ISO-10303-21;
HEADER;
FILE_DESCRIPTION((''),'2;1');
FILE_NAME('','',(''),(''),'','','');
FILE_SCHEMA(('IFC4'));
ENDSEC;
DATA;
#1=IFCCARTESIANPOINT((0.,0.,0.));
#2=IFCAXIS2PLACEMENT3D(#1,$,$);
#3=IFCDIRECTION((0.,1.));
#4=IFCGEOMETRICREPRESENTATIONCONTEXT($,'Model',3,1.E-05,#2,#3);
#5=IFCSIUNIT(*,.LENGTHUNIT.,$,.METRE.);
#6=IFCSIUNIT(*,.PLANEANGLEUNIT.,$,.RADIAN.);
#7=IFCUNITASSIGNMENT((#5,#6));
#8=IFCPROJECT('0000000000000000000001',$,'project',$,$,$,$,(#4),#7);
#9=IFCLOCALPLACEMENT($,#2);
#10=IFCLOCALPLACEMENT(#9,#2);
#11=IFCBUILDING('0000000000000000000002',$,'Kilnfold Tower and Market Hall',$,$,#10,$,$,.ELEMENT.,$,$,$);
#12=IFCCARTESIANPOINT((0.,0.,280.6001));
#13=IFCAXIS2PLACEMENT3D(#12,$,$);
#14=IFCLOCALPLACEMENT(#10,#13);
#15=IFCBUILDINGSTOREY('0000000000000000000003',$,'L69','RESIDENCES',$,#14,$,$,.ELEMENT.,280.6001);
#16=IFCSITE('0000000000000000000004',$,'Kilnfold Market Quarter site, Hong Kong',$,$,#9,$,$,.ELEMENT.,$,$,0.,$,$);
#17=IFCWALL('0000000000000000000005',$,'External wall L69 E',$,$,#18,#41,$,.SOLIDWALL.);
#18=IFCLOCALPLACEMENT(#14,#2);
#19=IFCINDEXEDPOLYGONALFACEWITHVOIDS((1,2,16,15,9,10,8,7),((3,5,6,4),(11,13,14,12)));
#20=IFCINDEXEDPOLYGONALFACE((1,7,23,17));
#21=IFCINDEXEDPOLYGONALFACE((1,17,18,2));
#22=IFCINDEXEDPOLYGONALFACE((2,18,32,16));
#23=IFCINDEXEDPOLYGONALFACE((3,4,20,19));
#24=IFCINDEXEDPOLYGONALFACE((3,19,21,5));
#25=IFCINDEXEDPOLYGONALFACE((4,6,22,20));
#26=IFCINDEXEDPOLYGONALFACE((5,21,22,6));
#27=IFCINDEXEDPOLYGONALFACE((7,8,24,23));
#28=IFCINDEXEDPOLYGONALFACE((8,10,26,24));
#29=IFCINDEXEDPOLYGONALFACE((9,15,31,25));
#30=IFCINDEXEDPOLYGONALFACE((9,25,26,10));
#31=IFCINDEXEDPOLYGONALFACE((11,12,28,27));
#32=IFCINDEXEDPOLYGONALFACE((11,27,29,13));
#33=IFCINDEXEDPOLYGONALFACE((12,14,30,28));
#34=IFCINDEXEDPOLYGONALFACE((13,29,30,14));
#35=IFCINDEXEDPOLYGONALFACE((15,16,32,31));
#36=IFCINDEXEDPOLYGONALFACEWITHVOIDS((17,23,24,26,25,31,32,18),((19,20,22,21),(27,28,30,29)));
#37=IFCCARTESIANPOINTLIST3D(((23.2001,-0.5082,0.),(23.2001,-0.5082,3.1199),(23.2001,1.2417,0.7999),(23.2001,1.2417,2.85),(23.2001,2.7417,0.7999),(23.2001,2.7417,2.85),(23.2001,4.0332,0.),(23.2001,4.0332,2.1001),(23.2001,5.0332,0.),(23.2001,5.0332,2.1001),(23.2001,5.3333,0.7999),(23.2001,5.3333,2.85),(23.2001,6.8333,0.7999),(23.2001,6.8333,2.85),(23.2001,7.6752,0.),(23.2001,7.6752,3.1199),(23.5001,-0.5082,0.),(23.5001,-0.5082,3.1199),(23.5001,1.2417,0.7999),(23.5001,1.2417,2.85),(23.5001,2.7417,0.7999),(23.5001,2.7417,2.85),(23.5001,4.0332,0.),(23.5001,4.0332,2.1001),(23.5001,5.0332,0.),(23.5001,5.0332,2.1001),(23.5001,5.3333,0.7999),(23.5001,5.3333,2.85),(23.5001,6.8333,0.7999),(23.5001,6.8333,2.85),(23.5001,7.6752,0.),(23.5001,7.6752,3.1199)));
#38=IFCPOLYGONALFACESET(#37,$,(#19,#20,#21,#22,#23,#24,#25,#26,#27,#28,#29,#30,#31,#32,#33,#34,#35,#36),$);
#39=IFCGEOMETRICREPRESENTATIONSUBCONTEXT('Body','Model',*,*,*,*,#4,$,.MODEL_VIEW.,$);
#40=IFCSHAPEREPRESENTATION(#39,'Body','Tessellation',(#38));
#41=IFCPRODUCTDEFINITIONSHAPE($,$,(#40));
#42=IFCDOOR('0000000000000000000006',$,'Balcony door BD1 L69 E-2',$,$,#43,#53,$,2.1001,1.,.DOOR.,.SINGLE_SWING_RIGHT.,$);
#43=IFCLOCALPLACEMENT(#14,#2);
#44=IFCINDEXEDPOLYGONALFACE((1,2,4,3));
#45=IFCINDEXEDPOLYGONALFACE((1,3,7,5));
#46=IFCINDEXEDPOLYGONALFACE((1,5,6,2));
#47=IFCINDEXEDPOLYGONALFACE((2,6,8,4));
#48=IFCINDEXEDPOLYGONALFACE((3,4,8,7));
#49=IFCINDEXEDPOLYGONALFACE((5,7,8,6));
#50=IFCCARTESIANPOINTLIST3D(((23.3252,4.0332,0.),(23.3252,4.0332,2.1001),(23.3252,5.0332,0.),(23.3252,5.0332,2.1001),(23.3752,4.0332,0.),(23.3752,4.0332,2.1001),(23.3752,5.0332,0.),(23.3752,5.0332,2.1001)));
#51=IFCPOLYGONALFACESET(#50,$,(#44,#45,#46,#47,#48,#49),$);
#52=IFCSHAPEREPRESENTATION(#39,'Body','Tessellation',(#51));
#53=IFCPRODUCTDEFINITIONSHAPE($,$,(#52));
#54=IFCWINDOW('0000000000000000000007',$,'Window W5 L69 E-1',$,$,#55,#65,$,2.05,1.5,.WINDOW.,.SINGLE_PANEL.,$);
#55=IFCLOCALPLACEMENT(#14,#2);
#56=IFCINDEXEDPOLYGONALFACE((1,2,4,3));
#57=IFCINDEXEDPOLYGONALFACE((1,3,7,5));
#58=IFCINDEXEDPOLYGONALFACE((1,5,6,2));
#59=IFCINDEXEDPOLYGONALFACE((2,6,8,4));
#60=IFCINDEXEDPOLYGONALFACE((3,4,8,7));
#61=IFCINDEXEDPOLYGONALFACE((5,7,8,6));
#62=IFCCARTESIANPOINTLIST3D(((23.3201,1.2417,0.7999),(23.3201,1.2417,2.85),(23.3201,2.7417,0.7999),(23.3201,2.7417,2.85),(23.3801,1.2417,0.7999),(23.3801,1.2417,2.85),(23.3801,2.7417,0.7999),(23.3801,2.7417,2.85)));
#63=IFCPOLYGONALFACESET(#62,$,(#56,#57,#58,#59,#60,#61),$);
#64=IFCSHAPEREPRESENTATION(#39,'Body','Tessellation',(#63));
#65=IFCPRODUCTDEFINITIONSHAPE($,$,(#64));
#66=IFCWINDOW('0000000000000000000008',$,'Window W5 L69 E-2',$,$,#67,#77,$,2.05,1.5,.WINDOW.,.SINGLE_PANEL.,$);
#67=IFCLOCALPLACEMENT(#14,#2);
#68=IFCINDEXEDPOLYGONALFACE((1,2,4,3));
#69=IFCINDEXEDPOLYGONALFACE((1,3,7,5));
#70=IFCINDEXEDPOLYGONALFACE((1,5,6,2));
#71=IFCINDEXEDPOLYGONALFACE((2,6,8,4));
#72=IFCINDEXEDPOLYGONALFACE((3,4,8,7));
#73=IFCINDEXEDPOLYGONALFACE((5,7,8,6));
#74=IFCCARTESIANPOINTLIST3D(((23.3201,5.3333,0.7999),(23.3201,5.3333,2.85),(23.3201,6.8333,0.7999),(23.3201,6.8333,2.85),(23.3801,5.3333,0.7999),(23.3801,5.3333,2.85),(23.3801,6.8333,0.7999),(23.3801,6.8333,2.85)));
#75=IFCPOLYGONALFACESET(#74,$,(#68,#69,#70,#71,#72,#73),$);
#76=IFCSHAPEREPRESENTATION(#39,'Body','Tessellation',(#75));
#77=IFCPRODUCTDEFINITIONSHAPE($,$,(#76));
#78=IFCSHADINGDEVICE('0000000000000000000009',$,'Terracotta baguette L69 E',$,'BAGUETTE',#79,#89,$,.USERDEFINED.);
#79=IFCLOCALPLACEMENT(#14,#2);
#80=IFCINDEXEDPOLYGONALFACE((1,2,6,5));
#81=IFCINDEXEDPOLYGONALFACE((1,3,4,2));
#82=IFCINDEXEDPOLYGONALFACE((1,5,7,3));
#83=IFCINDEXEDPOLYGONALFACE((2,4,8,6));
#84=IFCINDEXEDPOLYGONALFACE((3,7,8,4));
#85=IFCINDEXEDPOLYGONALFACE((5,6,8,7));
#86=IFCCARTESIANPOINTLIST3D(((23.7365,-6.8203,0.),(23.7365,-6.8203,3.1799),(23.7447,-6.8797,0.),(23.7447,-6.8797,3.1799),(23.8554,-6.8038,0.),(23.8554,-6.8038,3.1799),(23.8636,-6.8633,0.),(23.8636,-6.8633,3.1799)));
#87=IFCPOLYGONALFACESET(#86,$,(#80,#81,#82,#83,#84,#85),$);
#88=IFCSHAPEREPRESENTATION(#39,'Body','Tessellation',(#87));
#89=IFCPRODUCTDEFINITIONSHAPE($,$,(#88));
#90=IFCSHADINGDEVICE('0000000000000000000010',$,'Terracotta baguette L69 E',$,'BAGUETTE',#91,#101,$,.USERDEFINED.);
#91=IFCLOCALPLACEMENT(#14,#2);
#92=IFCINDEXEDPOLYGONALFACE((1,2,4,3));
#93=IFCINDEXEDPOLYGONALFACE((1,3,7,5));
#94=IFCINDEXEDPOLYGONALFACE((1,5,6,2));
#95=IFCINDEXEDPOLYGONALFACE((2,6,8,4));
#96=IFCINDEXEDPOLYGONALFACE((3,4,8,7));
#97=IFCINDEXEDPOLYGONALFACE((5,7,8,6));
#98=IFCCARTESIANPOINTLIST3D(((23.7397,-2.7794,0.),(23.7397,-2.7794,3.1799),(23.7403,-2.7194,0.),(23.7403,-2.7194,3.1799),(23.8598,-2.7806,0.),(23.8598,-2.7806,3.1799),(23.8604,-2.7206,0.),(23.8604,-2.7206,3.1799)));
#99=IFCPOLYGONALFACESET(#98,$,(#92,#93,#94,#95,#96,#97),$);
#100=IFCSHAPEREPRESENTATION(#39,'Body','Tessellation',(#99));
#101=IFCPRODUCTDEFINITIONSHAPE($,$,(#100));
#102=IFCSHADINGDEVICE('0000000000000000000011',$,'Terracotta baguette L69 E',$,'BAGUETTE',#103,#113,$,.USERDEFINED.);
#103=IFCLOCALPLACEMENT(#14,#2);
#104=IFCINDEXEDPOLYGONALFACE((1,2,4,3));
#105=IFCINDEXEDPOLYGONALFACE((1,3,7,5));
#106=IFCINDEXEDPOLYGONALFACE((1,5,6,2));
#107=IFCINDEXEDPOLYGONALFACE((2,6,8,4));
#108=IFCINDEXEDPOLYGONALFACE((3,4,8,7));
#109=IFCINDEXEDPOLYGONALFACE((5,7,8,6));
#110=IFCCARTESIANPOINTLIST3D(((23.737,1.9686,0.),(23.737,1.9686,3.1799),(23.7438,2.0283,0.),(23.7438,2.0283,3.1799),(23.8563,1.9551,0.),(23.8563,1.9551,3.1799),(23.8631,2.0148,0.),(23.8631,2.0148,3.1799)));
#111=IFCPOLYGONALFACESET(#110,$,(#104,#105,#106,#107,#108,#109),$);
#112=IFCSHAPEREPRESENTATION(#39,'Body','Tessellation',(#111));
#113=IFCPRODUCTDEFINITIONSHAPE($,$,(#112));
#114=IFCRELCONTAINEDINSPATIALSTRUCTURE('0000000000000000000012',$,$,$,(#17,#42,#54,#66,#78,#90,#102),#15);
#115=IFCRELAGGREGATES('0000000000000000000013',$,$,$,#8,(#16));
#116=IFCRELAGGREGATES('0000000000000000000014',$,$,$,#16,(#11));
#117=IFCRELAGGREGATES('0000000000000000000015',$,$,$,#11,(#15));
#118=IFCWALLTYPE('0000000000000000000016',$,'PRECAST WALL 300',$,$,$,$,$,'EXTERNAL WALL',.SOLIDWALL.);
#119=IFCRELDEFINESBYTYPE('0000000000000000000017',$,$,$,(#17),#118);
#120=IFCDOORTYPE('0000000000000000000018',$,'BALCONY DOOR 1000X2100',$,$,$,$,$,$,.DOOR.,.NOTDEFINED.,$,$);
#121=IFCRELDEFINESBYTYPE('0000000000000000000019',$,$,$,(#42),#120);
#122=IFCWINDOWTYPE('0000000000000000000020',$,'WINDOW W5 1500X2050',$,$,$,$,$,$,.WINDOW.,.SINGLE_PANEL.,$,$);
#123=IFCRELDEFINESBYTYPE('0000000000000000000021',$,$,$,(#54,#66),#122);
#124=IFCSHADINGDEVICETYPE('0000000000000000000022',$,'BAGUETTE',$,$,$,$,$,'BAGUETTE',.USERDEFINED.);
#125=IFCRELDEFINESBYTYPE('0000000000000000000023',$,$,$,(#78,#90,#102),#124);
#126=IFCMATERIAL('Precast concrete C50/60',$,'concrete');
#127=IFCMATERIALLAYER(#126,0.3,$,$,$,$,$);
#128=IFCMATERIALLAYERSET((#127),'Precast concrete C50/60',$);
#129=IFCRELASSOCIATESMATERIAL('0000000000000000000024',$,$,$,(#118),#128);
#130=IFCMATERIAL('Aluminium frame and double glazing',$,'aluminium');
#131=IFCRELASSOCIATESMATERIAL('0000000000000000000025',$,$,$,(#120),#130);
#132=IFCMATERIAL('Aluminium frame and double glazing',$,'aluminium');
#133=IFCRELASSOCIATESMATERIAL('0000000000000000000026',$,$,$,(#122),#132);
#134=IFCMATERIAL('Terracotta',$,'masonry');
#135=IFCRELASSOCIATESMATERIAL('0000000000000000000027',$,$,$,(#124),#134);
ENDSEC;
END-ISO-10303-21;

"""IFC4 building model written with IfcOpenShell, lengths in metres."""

from ifc_helpers import new_model, si_unit, direction, frame, frame_2d, origin, origin_2d, place, context, subcontext, project, spatial, rectangle, extrude, source, transform, mapped, material, layer, layer_set, material_profile, profile_set, type_object, element, fill, save


model = new_model("IFC4")

# Units and contexts
model_context = context("Model", 3, precision=1e-05, world=origin(), true_north=direction((0.0, 1.0)))
body_context = subcontext(model_context, "Body", "Model", "MODEL_VIEW")
ifc_project = project(units=[si_unit("LENGTHUNIT", "METRE"), si_unit("PLANEANGLEUNIT", "RADIAN")], contexts=[model_context])

# Site, building, storey
site_placement = place(None, origin())
site = spatial("IfcSite", under=ifc_project, at=site_placement, Name="Kilnfold Market Quarter site, Hong Kong", CompositionType="ELEMENT", RefElevation=0.0)
building_placement = place(site_placement, origin())
building = spatial("IfcBuilding", under=site, at=building_placement, Name="Kilnfold Tower and Market Hall", CompositionType="ELEMENT")
storey_placement = place(building_placement, frame((0.0, 0.0, 280.6001)))
storey = spatial("IfcBuildingStorey", under=building, at=storey_placement, Name="L69", Description="RESIDENCES", CompositionType="ELEMENT", Elevation=280.6001)

# Wall, openings, door, windows
ifc_material_1 = material(Name="Precast concrete C50/60", Category="concrete")
ifc_layer_1 = layer(ifc_material_1, 0.3)
ifc_layer_set_1 = layer_set([ifc_layer_1], Name="Precast concrete C50/60")
wall_type_1 = type_object("IfcWallType", Name="PRECAST WALL 300", ElementType="EXTERNAL WALL", PredefinedType="SOLIDWALL", material=ifc_layer_set_1)
ifc_material_2 = material(Name="Aluminium frame and double glazing", Category="aluminium")
door_type_1 = type_object("IfcDoorType", Name="BALCONY DOOR 1000X2100", OperationType="NOTDEFINED", PredefinedType="DOOR", material=ifc_material_2)
ifc_material_3 = material(Name="Aluminium frame and double glazing", Category="aluminium")
window_type = type_object("IfcWindowType", Name="WINDOW W5 1500X2050", PartitioningType="SINGLE_PANEL", PredefinedType="WINDOW", material=ifc_material_3)
shared_shape_1 = source(origin(), body_context, "Body", "SweptSolid", [
    extrude(rectangle(XDim=8.1833, YDim=0.3, at=frame_2d((4.0918, 0.0))), origin(), (0.0, 0.0, 1.0), 3.1199),
])
wall_1_placement = place(storey_placement, frame((23.3501, -0.5083, 0.0), z_axis=(0.0, 0.0, 1.0), x_axis=(0.0, 1.0, 0.0)))
wall_1 = element("IfcWall", 1, at=wall_1_placement, inside=storey, type_object=wall_type_1, Name="External wall L69 E", PredefinedType="SOLIDWALL", context=body_context, shape_type="MappedRepresentation", body=[
    mapped(shared_shape_1, transform((0.0, 0.0, 0.0))),
])
opening_1_placement = place(wall_1_placement, frame((1.75, 0.0, 0.8)))
opening_1 = element("IfcOpeningElement", 2, at=opening_1_placement, cuts=wall_1, PredefinedType="OPENING", context=body_context, shape_type="SweptSolid", body=[
    extrude(rectangle(XDim=1.5, YDim=2.05, at=frame_2d((0.75, 1.0249))), frame((0.0, 0.1602, 0.0), z_axis=(0.0, -1.0, 0.0), x_axis=(1.0, 0.0, 0.0)), (0.0, 0.0, 1.0), 0.3201),
])
opening_2_placement = place(wall_1_placement, frame((5.8416, 0.0, 0.8)))
opening_2 = element("IfcOpeningElement", 3, at=opening_2_placement, cuts=wall_1, PredefinedType="OPENING", context=body_context, shape_type="SweptSolid", body=[
    extrude(rectangle(XDim=1.5, YDim=2.05, at=frame_2d((0.75, 1.0249))), frame((0.0, 0.1602, 0.0), z_axis=(0.0, -1.0, 0.0), x_axis=(1.0, 0.0, 0.0)), (0.0, 0.0, 1.0), 0.3201),
])
opening_3_placement = place(wall_1_placement, frame((4.5415, 0.0, 0.0)))
opening_3 = element("IfcOpeningElement", 4, at=opening_3_placement, cuts=wall_1, PredefinedType="OPENING", context=body_context, shape_type="SweptSolid", body=[
    extrude(rectangle(XDim=1.0, YDim=2.1001, at=frame_2d((0.5, 1.05))), frame((0.0, 0.1602, 0.0), z_axis=(0.0, -1.0, 0.0), x_axis=(1.0, 0.0, 0.0)), (0.0, 0.0, 1.0), 0.3201),
])
door_1_placement = place(opening_3_placement, origin())
door_1 = element("IfcDoor", 5, at=door_1_placement, inside=storey, type_object=door_type_1, Name="Balcony door BD1 L69 E-2", OperationType="SINGLE_SWING_RIGHT", OverallHeight=2.1001, OverallWidth=1.0, PredefinedType="DOOR", context=body_context, shape_type="SweptSolid", body=[
    extrude(rectangle(XDim=1.0, YDim=2.1001, at=frame_2d((0.5, 1.05))), frame((0.0, 0.0249, 0.0), z_axis=(0.0, -1.0, 0.0), x_axis=(1.0, 0.0, 0.0)), (0.0, 0.0, 1.0), 0.05),
])
fill(opening_3, door_1)
window_1_placement = place(opening_1_placement, origin())
window_1 = element("IfcWindow", 6, at=window_1_placement, inside=storey, type_object=window_type, Name="Window W5 L69 E-1", OverallHeight=2.05, OverallWidth=1.5, PartitioningType="SINGLE_PANEL", PredefinedType="WINDOW", context=body_context, shape_type="SweptSolid", body=[
    extrude(rectangle(XDim=1.5, YDim=2.05, at=frame_2d((0.75, 1.0249))), frame((0.0, 0.03, 0.0), z_axis=(0.0, -1.0, 0.0), x_axis=(1.0, 0.0, 0.0)), (0.0, 0.0, 1.0), 0.0601),
])
fill(opening_1, window_1)
window_2_placement = place(opening_2_placement, origin())
window_2 = element("IfcWindow", 7, at=window_2_placement, inside=storey, type_object=window_type, Name="Window W5 L69 E-2", OverallHeight=2.05, OverallWidth=1.5, PartitioningType="SINGLE_PANEL", PredefinedType="WINDOW", context=body_context, shape_type="SweptSolid", body=[
    extrude(rectangle(XDim=1.5, YDim=2.05, at=frame_2d((0.75, 1.0249))), frame((0.0, 0.03, 0.0), z_axis=(0.0, -1.0, 0.0), x_axis=(1.0, 0.0, 0.0)), (0.0, 0.0, 1.0), 0.0601),
])
fill(opening_2, window_2)

# Shading devices
ifc_material_4 = material(Name="Terracotta", Category="masonry")
ifc_material_profile_1 = material_profile(ifc_material_4, rectangle(XDim=0.0601, YDim=0.1201, at=origin_2d()), Name="BAG 60x120")
ifc_profile_set_1 = profile_set([ifc_material_profile_1], Name="Terracotta")
shading_device_type = type_object("IfcShadingDeviceType", Name="BAGUETTE", ElementType="BAGUETTE", PredefinedType="USERDEFINED", material=ifc_profile_set_1)
shared_shape_2 = source(origin(), body_context, "Body", "SweptSolid", [
    extrude(rectangle(XDim=0.0601, YDim=0.1201, at=origin_2d()), origin(), (0.0, 0.0, 1.0), 3.1799),
])
for number, where, z_axis, x_axis, name in (
    (8, (23.8, -6.8418, 0.0), (0.0, 0.0, 1.0), (-0.136606, 0.990625, 0.0), "Terracotta baguette L69 E"),
    (9, (23.8, -2.75, 0.0), (0.0, 0.0, 1.0), (0.010126, 0.999949, 0.0), "Terracotta baguette L69 E"),
    (10, (23.8, 1.9917, 0.0), (0.0, 0.0, 1.0), (0.112595, 0.993641, 0.0), "Terracotta baguette L69 E"),
):
    element("IfcShadingDevice", number, at=place(storey_placement, frame(where, z_axis=z_axis, x_axis=x_axis)), inside=storey, type_object=shading_device_type, Name=name, ObjectType="BAGUETTE", PredefinedType="USERDEFINED", context=body_context, shape_type="MappedRepresentation", body=[
        mapped(shared_shape_2, transform((0.0, 0.0, 0.0))),
    ])

save(model, "model.ifc")
